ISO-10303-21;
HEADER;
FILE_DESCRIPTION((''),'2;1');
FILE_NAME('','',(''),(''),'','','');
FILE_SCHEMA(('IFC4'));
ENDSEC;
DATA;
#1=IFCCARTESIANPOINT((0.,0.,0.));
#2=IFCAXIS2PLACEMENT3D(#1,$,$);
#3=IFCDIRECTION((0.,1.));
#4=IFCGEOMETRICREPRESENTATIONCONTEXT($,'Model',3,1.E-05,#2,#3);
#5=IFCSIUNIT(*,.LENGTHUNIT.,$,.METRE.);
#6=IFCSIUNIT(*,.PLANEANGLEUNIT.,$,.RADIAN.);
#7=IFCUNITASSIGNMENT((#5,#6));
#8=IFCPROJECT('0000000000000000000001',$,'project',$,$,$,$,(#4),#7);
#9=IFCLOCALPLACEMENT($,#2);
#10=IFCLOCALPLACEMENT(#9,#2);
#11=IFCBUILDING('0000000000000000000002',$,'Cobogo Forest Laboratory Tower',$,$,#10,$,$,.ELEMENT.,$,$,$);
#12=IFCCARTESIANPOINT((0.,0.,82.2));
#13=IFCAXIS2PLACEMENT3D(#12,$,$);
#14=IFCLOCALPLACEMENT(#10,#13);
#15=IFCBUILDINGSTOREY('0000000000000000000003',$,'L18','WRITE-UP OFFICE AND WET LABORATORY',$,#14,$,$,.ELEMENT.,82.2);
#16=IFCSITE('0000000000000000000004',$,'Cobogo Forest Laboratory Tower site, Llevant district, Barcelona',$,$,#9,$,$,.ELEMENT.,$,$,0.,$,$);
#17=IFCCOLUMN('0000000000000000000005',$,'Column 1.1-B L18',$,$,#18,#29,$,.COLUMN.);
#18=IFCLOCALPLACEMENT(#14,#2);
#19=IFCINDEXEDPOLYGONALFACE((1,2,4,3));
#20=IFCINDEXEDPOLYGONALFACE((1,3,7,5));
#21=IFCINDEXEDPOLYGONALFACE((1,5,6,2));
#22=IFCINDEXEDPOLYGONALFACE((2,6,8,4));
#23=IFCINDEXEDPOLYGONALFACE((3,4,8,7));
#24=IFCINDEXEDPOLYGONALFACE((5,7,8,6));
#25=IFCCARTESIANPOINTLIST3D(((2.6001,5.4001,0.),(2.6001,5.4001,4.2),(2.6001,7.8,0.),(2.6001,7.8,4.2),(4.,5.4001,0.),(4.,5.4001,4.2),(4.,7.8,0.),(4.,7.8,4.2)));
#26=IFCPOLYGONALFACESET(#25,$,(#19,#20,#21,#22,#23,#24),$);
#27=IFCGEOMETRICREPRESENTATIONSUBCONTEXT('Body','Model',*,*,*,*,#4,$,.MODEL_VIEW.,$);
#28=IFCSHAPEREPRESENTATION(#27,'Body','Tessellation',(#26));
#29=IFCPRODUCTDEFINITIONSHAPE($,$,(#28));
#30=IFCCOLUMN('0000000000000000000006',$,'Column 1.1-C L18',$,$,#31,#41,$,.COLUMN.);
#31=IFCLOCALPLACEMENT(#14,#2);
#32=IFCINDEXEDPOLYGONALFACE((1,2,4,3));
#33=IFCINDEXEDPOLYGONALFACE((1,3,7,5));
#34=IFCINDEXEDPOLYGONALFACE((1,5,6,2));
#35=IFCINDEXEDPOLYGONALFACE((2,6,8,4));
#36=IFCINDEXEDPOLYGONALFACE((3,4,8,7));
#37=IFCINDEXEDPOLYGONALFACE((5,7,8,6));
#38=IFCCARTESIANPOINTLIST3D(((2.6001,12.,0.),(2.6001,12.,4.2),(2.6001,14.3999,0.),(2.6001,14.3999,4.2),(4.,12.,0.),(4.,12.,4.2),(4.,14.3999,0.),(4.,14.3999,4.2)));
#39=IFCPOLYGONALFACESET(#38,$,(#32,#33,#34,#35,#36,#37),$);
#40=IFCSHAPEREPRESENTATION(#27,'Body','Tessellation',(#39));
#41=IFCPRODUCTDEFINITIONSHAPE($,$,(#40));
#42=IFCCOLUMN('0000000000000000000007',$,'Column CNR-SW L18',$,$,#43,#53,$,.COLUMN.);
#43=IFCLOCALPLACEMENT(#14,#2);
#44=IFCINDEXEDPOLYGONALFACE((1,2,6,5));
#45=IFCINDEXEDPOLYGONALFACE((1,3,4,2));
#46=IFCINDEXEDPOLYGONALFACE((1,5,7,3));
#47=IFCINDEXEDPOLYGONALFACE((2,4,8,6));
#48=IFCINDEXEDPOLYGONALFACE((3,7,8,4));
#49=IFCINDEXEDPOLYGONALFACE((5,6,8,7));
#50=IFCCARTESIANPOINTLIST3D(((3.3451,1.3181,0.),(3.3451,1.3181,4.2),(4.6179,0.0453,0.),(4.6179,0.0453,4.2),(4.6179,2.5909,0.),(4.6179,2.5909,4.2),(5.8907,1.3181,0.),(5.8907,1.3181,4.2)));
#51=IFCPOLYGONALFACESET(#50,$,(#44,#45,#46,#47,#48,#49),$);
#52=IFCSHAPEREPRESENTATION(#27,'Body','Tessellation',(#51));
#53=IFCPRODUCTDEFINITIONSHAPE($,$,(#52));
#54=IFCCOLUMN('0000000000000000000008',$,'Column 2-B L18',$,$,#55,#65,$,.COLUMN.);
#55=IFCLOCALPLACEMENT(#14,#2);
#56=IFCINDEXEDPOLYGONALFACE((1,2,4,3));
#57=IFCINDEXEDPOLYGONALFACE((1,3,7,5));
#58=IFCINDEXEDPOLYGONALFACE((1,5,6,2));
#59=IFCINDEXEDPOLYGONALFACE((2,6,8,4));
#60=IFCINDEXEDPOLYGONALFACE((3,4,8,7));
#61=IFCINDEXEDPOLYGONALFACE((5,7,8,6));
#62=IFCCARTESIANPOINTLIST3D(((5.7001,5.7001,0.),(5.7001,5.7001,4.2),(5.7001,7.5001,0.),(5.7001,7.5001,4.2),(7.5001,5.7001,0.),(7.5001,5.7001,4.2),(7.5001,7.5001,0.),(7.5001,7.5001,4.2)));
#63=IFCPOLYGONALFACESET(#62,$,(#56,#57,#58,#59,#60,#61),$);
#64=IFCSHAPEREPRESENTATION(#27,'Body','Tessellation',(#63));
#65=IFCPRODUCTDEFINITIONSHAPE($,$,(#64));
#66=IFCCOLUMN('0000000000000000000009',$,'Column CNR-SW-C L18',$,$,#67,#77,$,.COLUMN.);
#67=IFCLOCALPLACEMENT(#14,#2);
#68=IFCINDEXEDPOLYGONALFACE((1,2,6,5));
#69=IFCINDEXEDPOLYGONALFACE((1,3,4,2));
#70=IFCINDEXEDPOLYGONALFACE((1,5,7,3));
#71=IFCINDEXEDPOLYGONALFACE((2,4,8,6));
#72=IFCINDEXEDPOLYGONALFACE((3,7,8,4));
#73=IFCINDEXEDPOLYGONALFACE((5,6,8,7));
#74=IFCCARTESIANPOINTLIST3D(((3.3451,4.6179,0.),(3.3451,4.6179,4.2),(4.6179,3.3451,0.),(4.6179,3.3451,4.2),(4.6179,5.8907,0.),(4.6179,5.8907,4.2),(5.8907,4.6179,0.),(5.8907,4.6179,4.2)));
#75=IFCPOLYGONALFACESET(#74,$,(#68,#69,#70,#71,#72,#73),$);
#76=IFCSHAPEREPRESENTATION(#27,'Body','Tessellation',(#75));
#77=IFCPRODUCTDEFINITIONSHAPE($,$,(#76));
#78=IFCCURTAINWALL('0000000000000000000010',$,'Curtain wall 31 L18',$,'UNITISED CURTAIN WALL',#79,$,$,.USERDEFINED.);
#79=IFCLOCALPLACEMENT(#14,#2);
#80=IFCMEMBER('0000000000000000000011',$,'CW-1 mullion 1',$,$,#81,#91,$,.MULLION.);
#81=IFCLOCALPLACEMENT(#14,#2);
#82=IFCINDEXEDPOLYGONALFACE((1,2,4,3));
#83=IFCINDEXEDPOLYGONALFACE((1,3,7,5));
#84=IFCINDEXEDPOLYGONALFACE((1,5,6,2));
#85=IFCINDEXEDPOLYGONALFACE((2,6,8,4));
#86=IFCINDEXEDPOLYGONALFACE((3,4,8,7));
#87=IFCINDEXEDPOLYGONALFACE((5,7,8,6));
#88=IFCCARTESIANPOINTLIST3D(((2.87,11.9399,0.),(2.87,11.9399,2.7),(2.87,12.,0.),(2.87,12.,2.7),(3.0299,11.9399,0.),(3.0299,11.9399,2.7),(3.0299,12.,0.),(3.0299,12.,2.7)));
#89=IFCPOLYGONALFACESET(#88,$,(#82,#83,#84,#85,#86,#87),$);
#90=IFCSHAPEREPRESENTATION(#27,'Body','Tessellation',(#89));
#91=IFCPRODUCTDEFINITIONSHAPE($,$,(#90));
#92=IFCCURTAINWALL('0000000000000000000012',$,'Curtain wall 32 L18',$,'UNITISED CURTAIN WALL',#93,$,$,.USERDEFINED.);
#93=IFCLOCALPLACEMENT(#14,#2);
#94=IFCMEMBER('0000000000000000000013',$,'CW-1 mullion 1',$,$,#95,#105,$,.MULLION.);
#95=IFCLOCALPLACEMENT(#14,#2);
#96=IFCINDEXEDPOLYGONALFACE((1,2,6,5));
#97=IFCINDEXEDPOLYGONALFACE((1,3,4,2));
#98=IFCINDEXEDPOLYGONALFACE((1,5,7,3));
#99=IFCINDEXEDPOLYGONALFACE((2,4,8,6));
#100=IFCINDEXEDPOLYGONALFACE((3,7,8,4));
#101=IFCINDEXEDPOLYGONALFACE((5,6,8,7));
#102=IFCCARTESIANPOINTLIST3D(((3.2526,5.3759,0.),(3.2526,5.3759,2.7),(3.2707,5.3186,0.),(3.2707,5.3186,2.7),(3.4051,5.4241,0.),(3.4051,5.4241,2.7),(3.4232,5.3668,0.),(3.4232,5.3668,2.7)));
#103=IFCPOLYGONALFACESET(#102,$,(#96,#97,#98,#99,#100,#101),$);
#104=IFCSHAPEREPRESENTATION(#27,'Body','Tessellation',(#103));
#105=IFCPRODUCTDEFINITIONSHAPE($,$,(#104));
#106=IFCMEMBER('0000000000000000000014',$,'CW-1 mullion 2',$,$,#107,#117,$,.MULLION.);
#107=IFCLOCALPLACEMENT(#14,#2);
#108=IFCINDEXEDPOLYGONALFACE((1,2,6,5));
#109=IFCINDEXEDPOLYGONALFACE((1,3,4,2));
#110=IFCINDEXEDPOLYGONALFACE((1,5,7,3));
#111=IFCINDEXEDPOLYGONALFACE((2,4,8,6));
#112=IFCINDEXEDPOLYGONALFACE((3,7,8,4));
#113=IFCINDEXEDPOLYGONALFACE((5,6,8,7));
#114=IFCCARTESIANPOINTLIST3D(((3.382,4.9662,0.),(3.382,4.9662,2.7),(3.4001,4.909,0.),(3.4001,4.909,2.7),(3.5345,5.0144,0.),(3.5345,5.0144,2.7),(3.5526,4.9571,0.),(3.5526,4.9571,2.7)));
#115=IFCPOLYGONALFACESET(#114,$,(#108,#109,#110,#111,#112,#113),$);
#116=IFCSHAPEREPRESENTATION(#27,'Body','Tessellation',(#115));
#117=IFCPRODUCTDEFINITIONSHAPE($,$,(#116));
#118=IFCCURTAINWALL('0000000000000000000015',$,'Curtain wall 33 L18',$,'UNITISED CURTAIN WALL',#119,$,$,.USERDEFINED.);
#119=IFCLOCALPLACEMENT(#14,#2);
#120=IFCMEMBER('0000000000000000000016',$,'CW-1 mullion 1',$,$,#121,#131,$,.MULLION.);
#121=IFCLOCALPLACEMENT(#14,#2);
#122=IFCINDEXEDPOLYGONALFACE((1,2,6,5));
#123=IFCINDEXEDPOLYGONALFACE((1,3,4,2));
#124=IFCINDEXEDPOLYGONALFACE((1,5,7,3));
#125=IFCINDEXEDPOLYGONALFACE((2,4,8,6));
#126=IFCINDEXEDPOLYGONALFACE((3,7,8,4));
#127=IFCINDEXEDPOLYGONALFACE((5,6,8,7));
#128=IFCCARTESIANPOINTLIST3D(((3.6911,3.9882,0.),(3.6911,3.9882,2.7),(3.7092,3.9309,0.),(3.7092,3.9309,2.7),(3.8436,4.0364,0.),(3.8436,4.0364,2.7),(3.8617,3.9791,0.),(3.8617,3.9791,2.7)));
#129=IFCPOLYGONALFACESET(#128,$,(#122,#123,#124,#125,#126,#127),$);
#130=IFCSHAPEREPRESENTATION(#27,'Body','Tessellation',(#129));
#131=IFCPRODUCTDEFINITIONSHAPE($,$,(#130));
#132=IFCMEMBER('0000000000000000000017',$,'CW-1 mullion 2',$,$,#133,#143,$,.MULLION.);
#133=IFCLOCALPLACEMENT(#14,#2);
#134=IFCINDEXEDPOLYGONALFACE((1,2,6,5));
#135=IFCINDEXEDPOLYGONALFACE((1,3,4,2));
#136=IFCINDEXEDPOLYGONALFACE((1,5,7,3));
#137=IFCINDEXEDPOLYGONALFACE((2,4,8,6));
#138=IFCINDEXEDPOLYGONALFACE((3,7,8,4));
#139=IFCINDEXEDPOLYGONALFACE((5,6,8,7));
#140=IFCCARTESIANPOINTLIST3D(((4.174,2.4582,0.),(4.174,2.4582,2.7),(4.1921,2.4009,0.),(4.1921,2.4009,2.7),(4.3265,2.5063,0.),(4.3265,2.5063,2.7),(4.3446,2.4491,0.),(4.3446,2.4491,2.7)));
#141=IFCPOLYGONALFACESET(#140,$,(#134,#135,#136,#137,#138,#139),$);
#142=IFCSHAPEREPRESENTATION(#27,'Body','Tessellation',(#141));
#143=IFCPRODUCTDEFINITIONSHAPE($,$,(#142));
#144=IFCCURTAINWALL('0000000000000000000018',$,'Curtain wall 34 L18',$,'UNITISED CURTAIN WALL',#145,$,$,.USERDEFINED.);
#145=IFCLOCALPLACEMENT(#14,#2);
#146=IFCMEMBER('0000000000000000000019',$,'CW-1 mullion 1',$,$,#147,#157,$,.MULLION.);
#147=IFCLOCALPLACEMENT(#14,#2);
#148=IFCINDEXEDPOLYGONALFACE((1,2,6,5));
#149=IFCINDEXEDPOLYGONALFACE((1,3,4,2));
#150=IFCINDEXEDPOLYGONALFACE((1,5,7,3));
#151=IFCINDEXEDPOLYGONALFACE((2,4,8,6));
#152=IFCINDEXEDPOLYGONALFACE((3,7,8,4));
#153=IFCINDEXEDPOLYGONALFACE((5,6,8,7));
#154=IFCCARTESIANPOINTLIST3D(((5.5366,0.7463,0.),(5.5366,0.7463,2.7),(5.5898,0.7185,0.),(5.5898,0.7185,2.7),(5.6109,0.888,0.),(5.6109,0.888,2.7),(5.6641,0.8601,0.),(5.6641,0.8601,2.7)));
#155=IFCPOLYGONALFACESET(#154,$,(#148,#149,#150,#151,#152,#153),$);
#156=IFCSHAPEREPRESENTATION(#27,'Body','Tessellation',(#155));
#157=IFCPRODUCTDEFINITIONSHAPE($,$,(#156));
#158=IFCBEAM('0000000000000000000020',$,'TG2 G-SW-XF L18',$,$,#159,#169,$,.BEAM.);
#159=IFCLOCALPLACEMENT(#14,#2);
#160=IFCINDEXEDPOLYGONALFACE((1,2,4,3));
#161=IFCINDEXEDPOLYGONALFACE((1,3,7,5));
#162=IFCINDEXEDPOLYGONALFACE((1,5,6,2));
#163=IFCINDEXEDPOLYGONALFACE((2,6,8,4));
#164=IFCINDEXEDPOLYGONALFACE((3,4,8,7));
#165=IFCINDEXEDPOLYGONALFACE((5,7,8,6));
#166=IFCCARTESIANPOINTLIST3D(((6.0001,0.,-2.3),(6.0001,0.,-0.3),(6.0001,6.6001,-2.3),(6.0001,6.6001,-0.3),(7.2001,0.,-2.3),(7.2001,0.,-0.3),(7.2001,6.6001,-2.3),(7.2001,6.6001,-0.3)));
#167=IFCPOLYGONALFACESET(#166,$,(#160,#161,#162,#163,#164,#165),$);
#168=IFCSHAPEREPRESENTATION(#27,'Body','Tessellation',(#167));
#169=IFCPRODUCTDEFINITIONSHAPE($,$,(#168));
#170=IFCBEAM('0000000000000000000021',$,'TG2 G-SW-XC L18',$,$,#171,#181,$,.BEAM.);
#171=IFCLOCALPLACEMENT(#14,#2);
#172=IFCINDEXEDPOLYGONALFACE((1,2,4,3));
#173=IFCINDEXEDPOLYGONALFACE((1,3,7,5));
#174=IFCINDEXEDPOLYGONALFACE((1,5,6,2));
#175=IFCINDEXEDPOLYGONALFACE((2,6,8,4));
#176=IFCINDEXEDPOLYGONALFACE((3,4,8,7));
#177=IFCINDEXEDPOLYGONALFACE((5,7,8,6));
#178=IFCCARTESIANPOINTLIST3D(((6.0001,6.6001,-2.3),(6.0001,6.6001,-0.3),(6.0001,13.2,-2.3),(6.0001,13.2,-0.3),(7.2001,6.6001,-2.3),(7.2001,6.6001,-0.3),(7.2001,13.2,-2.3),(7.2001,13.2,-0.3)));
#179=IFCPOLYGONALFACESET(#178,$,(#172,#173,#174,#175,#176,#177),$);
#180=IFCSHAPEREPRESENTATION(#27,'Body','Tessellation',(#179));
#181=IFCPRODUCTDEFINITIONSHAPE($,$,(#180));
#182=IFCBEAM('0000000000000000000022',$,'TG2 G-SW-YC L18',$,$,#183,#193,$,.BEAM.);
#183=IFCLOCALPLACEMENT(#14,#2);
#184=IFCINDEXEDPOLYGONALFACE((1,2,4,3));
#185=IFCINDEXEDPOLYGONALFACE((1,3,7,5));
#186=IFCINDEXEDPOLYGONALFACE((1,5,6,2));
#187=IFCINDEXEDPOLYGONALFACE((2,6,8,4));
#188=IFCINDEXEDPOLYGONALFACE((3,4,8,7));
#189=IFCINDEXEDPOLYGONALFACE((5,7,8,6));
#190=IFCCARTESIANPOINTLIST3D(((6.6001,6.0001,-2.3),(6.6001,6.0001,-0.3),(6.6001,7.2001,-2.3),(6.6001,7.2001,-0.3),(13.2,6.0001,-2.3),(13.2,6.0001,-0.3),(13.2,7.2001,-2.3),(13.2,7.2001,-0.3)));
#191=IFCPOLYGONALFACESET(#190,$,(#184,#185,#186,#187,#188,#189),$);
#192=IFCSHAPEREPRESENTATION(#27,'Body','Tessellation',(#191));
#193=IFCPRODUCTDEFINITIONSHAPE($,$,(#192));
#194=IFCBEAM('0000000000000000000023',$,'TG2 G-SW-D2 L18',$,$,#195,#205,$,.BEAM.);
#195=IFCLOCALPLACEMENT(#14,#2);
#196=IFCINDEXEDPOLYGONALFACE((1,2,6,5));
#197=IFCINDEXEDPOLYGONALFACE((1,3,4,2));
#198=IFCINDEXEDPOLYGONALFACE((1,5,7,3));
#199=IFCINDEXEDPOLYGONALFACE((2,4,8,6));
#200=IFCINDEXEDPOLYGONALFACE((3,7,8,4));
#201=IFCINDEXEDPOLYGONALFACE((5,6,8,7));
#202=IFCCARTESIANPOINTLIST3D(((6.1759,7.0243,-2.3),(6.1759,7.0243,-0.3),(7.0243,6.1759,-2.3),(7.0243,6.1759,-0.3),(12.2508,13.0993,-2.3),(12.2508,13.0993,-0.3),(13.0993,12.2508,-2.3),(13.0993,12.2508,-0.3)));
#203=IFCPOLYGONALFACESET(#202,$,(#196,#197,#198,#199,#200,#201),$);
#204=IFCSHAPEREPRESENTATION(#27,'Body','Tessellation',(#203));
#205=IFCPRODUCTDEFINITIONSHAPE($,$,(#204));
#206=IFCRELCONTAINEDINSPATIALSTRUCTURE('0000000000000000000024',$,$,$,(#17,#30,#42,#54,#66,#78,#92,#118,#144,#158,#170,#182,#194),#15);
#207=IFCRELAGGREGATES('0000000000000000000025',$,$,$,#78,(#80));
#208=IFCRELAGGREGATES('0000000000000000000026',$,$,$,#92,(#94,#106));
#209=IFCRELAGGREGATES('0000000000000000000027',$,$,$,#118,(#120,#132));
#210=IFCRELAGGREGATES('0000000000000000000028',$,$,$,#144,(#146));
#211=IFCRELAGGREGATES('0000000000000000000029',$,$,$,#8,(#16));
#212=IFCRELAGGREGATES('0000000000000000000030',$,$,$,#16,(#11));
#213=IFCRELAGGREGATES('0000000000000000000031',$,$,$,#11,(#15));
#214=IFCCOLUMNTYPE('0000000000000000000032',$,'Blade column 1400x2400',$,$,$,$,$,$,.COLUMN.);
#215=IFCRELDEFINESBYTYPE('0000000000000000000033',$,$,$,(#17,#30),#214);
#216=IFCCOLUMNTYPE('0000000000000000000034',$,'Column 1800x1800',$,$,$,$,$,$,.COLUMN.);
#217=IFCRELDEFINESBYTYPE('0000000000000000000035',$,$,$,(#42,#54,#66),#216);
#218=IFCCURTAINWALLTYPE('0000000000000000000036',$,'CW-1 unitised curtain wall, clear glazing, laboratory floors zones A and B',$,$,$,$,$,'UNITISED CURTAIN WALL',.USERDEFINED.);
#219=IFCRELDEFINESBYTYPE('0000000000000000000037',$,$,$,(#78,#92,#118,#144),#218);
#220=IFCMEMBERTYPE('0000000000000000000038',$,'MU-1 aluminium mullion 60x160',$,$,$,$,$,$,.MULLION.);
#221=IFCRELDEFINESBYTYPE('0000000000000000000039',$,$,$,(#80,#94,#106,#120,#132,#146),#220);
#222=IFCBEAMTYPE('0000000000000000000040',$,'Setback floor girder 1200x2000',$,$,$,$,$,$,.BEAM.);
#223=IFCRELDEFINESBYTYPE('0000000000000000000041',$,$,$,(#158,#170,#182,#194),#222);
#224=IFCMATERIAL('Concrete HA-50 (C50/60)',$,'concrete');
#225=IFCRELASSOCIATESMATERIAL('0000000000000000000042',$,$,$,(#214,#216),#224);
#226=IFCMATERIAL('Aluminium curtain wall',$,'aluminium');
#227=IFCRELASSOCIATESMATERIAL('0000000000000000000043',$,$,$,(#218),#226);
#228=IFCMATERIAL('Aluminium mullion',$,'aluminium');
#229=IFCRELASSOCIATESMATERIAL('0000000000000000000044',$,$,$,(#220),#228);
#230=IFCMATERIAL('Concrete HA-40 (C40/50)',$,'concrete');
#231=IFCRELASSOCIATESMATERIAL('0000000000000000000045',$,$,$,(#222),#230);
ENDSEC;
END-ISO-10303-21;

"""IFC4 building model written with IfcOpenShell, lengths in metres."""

from ifc_helpers import new_model, si_unit, direction, frame, origin, origin_2d, place, context, subcontext, project, spatial, rectangle, extrude, material, material_profile, profile_set, type_object, element, aggregate, save


model = new_model("IFC4")

# Units and contexts
model_context = context("Model", 3, precision=1e-05, world=origin(), true_north=direction((0.0, 1.0)))
body_context = subcontext(model_context, "Body", "Model", "MODEL_VIEW")
ifc_project = project(units=[si_unit("LENGTHUNIT", "METRE"), si_unit("PLANEANGLEUNIT", "RADIAN")], contexts=[model_context])

# Site, building, storey
site_placement = place(None, origin())
site = spatial("IfcSite", under=ifc_project, at=site_placement, Name="Cobogo Forest Laboratory Tower site, Llevant district, Barcelona", CompositionType="ELEMENT", RefElevation=0.0)
building_placement = place(site_placement, origin())
building = spatial("IfcBuilding", under=site, at=building_placement, Name="Cobogo Forest Laboratory Tower", CompositionType="ELEMENT")
storey_placement = place(building_placement, frame((0.0, 0.0, 82.2)))
storey = spatial("IfcBuildingStorey", under=building, at=storey_placement, Name="L18", Description="WRITE-UP OFFICE AND WET LABORATORY", CompositionType="ELEMENT", Elevation=82.2)

# Columns
ifc_material_1 = material(Name="Concrete HA-50 (C50/60)", Category="concrete")
ifc_material_profile_1 = material_profile(ifc_material_1, rectangle(XDim=2.3999, YDim=1.3999, at=origin_2d()), Name="RC 1400x2400")
ifc_profile_set_1 = profile_set([ifc_material_profile_1], Name="Concrete HA-50 (C50/60)")
column_type_1 = type_object("IfcColumnType", Name="Blade column 1400x2400", PredefinedType="COLUMN", material=ifc_profile_set_1)
for number, where, z_axis, x_axis, name in (
    (1, (3.3, 6.6001, 0.0), (0.0, 0.0, 1.0), (0.0, 1.0, 0.0), "Column 1.1-B L18"),
    (2, (3.3, 13.2, 0.0), (0.0, 0.0, 1.0), (0.0, 1.0, 0.0), "Column 1.1-C L18"),
):
    element("IfcColumn", number, at=place(storey_placement, frame(where, z_axis=z_axis, x_axis=x_axis)), inside=storey, type_object=column_type_1, Name=name, PredefinedType="COLUMN", context=body_context, shape_type="SweptSolid", body=[
        extrude(rectangle(XDim=2.3999, YDim=1.3999, at=origin_2d()), origin(), (0.0, 0.0, 1.0), 4.2),
    ])
ifc_material_profile_2 = material_profile(ifc_material_1, rectangle(XDim=1.8, YDim=1.8, at=origin_2d()), Name="RC 1800x1800")
ifc_profile_set_2 = profile_set([ifc_material_profile_2], Name="Concrete HA-50 (C50/60)")
column_type_2 = type_object("IfcColumnType", Name="Column 1800x1800", PredefinedType="COLUMN", material=ifc_profile_set_2)
for number, where, z_axis, x_axis, name in (
    (3, (4.6179, 1.3181, 0.0), (0.0, 0.0, 1.0), (0.707107, 0.707107, 0.0), "Column CNR-SW L18"),
    (4, (6.6001, 6.6001, 0.0), (0.0, 0.0, 1.0), (1.0, 0.0, 0.0), "Column 2-B L18"),
    (5, (4.6179, 4.6179, 0.0), (0.0, 0.0, 1.0), (0.707107, 0.707107, 0.0), "Column CNR-SW-C L18"),
):
    element("IfcColumn", number, at=place(storey_placement, frame(where, z_axis=z_axis, x_axis=x_axis)), inside=storey, type_object=column_type_2, Name=name, PredefinedType="COLUMN", context=body_context, shape_type="SweptSolid", body=[
        extrude(rectangle(XDim=1.8, YDim=1.8, at=origin_2d()), origin(), (0.0, 0.0, 1.0), 4.2),
    ])

# Curtain wall, member
ifc_material_2 = material(Name="Aluminium curtain wall", Category="aluminium")
curtain_wall_type = type_object("IfcCurtainWallType", Name="CW-1 unitised curtain wall, clear glazing, laboratory floors zones A and B", ElementType="UNITISED CURTAIN WALL", PredefinedType="USERDEFINED", material=ifc_material_2)
curtain_wall_1_placement = place(storey_placement, origin())
curtain_wall_1 = element("IfcCurtainWall", 6, at=curtain_wall_1_placement, inside=storey, type_object=curtain_wall_type, Name="Curtain wall 31 L18", ObjectType="UNITISED CURTAIN WALL", PredefinedType="USERDEFINED")
ifc_material_3 = material(Name="Aluminium mullion", Category="aluminium")
ifc_material_profile_3 = material_profile(ifc_material_3, rectangle(XDim=0.0601, YDim=0.1599, at=origin_2d()), Name="AL 60x160")
ifc_profile_set_3 = profile_set([ifc_material_profile_3], Name="Aluminium mullion")
member_type_1 = type_object("IfcMemberType", Name="MU-1 aluminium mullion 60x160", PredefinedType="MULLION", material=ifc_profile_set_3)
member_1_placement = place(storey_placement, frame((2.95, 11.97, 0.0), z_axis=(0.0, 0.0, 1.0), x_axis=(0.0, -1.0, 0.0)))
member_1 = element("IfcMember", 7, at=member_1_placement, type_object=member_type_1, Name="CW-1 mullion 1", PredefinedType="MULLION", context=body_context, shape_type="SweptSolid", body=[
    extrude(rectangle(XDim=0.0601, YDim=0.1599, at=origin_2d()), origin(), (0.0, 0.0, 1.0), 2.7),
])

# Curtain walls, members
curtain_wall_2_placement = place(storey_placement, origin())
curtain_wall_2 = element("IfcCurtainWall", 8, at=curtain_wall_2_placement, inside=storey, type_object=curtain_wall_type, Name="Curtain wall 32 L18", ObjectType="UNITISED CURTAIN WALL", PredefinedType="USERDEFINED")
member_2_placement = place(storey_placement, frame((3.3379, 5.3713, 0.0), z_axis=(0.0, 0.0, 1.0), x_axis=(0.301135, -0.953582, 0.0)))
member_2 = element("IfcMember", 9, at=member_2_placement, type_object=member_type_1, Name="CW-1 mullion 1", PredefinedType="MULLION", context=body_context, shape_type="SweptSolid", body=[
    extrude(rectangle(XDim=0.0601, YDim=0.1599, at=origin_2d()), origin(), (0.0, 0.0, 1.0), 2.7),
])
member_3_placement = place(storey_placement, frame((3.4673, 4.9617, 0.0), z_axis=(0.0, 0.0, 1.0), x_axis=(0.301135, -0.953582, 0.0)))
member_3 = element("IfcMember", 10, at=member_3_placement, type_object=member_type_1, Name="CW-1 mullion 2", PredefinedType="MULLION", context=body_context, shape_type="SweptSolid", body=[
    extrude(rectangle(XDim=0.0601, YDim=0.1599, at=origin_2d()), origin(), (0.0, 0.0, 1.0), 2.7),
])
curtain_wall_3_placement = place(storey_placement, origin())
curtain_wall_3 = element("IfcCurtainWall", 11, at=curtain_wall_3_placement, inside=storey, type_object=curtain_wall_type, Name="Curtain wall 33 L18", ObjectType="UNITISED CURTAIN WALL", PredefinedType="USERDEFINED")
member_4_placement = place(storey_placement, frame((3.7764, 3.9836, 0.0), z_axis=(0.0, 0.0, 1.0), x_axis=(0.301135, -0.953581, 0.0)))
member_4 = element("IfcMember", 12, at=member_4_placement, type_object=member_type_1, Name="CW-1 mullion 1", PredefinedType="MULLION", context=body_context, shape_type="SweptSolid", body=[
    extrude(rectangle(XDim=0.0601, YDim=0.1599, at=origin_2d()), origin(), (0.0, 0.0, 1.0), 2.7),
])
member_5_placement = place(storey_placement, frame((4.2593, 2.4536, 0.0), z_axis=(0.0, 0.0, 1.0), x_axis=(0.301135, -0.953581, 0.0)))
member_5 = element("IfcMember", 13, at=member_5_placement, type_object=member_type_1, Name="CW-1 mullion 2", PredefinedType="MULLION", context=body_context, shape_type="SweptSolid", body=[
    extrude(rectangle(XDim=0.0601, YDim=0.1599, at=origin_2d()), origin(), (0.0, 0.0, 1.0), 2.7),
])

# Curtain wall, member
curtain_wall_4_placement = place(storey_placement, origin())
curtain_wall_4 = element("IfcCurtainWall", 14, at=curtain_wall_4_placement, inside=storey, type_object=curtain_wall_type, Name="Curtain wall 34 L18", ObjectType="UNITISED CURTAIN WALL", PredefinedType="USERDEFINED")
member_6_placement = place(storey_placement, frame((5.6003, 0.8032, 0.0), z_axis=(0.0, 0.0, 1.0), x_axis=(0.885687, -0.464284, 0.0)))
member_6 = element("IfcMember", 15, at=member_6_placement, type_object=member_type_1, Name="CW-1 mullion 1", PredefinedType="MULLION", context=body_context, shape_type="SweptSolid", body=[
    extrude(rectangle(XDim=0.0601, YDim=0.1599, at=origin_2d()), origin(), (0.0, 0.0, 1.0), 2.7),
])

# Beams
ifc_material_4 = material(Name="Concrete HA-40 (C40/50)", Category="concrete")
ifc_material_profile_4 = material_profile(ifc_material_4, rectangle(XDim=1.2, YDim=2.0, at=origin_2d()), Name="RC 1200x2000")
ifc_profile_set_4 = profile_set([ifc_material_profile_4], Name="Concrete HA-40 (C40/50)")
beam_type = type_object("IfcBeamType", Name="Setback floor girder 1200x2000", PredefinedType="BEAM", material=ifc_profile_set_4)
beam_1_placement = place(storey_placement, frame((6.6001, 0.0, -1.3), z_axis=(0.0, 1.0, 0.0), x_axis=(-1.0, 0.0, 0.0)))
element("IfcBeam", 16, at=beam_1_placement, inside=storey, type_object=beam_type, Name="TG2 G-SW-XF L18", PredefinedType="BEAM", context=body_context, shape_type="SweptSolid", body=[
    extrude(rectangle(XDim=1.2, YDim=2.0, at=origin_2d()), origin(), (0.0, 0.0, 1.0), 6.6001),
])
for number, where, z_axis, x_axis, name in (
    (17, (6.6001, 6.6001, -1.3), (0.0, 1.0, 0.0), (-1.0, 0.0, 0.0), "TG2 G-SW-XC L18"),
    (18, (6.6001, 6.6001, -1.3), (1.0, 0.0, 0.0), (0.0, 1.0, 0.0), "TG2 G-SW-YC L18"),
):
    element("IfcBeam", number, at=place(storey_placement, frame(where, z_axis=z_axis, x_axis=x_axis)), inside=storey, type_object=beam_type, Name=name, PredefinedType="BEAM", context=body_context, shape_type="SweptSolid", body=[
        extrude(rectangle(XDim=1.2, YDim=2.0, at=origin_2d()), origin(), (0.0, 0.0, 1.0), 6.5999),
    ])
beam_2_placement = place(storey_placement, frame((6.6001, 6.6001, -1.3), z_axis=(0.707107, 0.707107, 0.0), x_axis=(-0.707107, 0.707107, 0.0)))
element("IfcBeam", 19, at=beam_2_placement, inside=storey, type_object=beam_type, Name="TG2 G-SW-D2 L18", PredefinedType="BEAM", context=body_context, shape_type="SweptSolid", body=[
    extrude(rectangle(XDim=1.2, YDim=2.0, at=origin_2d()), origin(), (0.0, 0.0, 1.0), 8.5913),
])

aggregate(curtain_wall_1, [member_1])
aggregate(curtain_wall_2, [member_2, member_3])
aggregate(curtain_wall_3, [member_4, member_5])
aggregate(curtain_wall_4, [member_6])

save(model, "model.ifc")
